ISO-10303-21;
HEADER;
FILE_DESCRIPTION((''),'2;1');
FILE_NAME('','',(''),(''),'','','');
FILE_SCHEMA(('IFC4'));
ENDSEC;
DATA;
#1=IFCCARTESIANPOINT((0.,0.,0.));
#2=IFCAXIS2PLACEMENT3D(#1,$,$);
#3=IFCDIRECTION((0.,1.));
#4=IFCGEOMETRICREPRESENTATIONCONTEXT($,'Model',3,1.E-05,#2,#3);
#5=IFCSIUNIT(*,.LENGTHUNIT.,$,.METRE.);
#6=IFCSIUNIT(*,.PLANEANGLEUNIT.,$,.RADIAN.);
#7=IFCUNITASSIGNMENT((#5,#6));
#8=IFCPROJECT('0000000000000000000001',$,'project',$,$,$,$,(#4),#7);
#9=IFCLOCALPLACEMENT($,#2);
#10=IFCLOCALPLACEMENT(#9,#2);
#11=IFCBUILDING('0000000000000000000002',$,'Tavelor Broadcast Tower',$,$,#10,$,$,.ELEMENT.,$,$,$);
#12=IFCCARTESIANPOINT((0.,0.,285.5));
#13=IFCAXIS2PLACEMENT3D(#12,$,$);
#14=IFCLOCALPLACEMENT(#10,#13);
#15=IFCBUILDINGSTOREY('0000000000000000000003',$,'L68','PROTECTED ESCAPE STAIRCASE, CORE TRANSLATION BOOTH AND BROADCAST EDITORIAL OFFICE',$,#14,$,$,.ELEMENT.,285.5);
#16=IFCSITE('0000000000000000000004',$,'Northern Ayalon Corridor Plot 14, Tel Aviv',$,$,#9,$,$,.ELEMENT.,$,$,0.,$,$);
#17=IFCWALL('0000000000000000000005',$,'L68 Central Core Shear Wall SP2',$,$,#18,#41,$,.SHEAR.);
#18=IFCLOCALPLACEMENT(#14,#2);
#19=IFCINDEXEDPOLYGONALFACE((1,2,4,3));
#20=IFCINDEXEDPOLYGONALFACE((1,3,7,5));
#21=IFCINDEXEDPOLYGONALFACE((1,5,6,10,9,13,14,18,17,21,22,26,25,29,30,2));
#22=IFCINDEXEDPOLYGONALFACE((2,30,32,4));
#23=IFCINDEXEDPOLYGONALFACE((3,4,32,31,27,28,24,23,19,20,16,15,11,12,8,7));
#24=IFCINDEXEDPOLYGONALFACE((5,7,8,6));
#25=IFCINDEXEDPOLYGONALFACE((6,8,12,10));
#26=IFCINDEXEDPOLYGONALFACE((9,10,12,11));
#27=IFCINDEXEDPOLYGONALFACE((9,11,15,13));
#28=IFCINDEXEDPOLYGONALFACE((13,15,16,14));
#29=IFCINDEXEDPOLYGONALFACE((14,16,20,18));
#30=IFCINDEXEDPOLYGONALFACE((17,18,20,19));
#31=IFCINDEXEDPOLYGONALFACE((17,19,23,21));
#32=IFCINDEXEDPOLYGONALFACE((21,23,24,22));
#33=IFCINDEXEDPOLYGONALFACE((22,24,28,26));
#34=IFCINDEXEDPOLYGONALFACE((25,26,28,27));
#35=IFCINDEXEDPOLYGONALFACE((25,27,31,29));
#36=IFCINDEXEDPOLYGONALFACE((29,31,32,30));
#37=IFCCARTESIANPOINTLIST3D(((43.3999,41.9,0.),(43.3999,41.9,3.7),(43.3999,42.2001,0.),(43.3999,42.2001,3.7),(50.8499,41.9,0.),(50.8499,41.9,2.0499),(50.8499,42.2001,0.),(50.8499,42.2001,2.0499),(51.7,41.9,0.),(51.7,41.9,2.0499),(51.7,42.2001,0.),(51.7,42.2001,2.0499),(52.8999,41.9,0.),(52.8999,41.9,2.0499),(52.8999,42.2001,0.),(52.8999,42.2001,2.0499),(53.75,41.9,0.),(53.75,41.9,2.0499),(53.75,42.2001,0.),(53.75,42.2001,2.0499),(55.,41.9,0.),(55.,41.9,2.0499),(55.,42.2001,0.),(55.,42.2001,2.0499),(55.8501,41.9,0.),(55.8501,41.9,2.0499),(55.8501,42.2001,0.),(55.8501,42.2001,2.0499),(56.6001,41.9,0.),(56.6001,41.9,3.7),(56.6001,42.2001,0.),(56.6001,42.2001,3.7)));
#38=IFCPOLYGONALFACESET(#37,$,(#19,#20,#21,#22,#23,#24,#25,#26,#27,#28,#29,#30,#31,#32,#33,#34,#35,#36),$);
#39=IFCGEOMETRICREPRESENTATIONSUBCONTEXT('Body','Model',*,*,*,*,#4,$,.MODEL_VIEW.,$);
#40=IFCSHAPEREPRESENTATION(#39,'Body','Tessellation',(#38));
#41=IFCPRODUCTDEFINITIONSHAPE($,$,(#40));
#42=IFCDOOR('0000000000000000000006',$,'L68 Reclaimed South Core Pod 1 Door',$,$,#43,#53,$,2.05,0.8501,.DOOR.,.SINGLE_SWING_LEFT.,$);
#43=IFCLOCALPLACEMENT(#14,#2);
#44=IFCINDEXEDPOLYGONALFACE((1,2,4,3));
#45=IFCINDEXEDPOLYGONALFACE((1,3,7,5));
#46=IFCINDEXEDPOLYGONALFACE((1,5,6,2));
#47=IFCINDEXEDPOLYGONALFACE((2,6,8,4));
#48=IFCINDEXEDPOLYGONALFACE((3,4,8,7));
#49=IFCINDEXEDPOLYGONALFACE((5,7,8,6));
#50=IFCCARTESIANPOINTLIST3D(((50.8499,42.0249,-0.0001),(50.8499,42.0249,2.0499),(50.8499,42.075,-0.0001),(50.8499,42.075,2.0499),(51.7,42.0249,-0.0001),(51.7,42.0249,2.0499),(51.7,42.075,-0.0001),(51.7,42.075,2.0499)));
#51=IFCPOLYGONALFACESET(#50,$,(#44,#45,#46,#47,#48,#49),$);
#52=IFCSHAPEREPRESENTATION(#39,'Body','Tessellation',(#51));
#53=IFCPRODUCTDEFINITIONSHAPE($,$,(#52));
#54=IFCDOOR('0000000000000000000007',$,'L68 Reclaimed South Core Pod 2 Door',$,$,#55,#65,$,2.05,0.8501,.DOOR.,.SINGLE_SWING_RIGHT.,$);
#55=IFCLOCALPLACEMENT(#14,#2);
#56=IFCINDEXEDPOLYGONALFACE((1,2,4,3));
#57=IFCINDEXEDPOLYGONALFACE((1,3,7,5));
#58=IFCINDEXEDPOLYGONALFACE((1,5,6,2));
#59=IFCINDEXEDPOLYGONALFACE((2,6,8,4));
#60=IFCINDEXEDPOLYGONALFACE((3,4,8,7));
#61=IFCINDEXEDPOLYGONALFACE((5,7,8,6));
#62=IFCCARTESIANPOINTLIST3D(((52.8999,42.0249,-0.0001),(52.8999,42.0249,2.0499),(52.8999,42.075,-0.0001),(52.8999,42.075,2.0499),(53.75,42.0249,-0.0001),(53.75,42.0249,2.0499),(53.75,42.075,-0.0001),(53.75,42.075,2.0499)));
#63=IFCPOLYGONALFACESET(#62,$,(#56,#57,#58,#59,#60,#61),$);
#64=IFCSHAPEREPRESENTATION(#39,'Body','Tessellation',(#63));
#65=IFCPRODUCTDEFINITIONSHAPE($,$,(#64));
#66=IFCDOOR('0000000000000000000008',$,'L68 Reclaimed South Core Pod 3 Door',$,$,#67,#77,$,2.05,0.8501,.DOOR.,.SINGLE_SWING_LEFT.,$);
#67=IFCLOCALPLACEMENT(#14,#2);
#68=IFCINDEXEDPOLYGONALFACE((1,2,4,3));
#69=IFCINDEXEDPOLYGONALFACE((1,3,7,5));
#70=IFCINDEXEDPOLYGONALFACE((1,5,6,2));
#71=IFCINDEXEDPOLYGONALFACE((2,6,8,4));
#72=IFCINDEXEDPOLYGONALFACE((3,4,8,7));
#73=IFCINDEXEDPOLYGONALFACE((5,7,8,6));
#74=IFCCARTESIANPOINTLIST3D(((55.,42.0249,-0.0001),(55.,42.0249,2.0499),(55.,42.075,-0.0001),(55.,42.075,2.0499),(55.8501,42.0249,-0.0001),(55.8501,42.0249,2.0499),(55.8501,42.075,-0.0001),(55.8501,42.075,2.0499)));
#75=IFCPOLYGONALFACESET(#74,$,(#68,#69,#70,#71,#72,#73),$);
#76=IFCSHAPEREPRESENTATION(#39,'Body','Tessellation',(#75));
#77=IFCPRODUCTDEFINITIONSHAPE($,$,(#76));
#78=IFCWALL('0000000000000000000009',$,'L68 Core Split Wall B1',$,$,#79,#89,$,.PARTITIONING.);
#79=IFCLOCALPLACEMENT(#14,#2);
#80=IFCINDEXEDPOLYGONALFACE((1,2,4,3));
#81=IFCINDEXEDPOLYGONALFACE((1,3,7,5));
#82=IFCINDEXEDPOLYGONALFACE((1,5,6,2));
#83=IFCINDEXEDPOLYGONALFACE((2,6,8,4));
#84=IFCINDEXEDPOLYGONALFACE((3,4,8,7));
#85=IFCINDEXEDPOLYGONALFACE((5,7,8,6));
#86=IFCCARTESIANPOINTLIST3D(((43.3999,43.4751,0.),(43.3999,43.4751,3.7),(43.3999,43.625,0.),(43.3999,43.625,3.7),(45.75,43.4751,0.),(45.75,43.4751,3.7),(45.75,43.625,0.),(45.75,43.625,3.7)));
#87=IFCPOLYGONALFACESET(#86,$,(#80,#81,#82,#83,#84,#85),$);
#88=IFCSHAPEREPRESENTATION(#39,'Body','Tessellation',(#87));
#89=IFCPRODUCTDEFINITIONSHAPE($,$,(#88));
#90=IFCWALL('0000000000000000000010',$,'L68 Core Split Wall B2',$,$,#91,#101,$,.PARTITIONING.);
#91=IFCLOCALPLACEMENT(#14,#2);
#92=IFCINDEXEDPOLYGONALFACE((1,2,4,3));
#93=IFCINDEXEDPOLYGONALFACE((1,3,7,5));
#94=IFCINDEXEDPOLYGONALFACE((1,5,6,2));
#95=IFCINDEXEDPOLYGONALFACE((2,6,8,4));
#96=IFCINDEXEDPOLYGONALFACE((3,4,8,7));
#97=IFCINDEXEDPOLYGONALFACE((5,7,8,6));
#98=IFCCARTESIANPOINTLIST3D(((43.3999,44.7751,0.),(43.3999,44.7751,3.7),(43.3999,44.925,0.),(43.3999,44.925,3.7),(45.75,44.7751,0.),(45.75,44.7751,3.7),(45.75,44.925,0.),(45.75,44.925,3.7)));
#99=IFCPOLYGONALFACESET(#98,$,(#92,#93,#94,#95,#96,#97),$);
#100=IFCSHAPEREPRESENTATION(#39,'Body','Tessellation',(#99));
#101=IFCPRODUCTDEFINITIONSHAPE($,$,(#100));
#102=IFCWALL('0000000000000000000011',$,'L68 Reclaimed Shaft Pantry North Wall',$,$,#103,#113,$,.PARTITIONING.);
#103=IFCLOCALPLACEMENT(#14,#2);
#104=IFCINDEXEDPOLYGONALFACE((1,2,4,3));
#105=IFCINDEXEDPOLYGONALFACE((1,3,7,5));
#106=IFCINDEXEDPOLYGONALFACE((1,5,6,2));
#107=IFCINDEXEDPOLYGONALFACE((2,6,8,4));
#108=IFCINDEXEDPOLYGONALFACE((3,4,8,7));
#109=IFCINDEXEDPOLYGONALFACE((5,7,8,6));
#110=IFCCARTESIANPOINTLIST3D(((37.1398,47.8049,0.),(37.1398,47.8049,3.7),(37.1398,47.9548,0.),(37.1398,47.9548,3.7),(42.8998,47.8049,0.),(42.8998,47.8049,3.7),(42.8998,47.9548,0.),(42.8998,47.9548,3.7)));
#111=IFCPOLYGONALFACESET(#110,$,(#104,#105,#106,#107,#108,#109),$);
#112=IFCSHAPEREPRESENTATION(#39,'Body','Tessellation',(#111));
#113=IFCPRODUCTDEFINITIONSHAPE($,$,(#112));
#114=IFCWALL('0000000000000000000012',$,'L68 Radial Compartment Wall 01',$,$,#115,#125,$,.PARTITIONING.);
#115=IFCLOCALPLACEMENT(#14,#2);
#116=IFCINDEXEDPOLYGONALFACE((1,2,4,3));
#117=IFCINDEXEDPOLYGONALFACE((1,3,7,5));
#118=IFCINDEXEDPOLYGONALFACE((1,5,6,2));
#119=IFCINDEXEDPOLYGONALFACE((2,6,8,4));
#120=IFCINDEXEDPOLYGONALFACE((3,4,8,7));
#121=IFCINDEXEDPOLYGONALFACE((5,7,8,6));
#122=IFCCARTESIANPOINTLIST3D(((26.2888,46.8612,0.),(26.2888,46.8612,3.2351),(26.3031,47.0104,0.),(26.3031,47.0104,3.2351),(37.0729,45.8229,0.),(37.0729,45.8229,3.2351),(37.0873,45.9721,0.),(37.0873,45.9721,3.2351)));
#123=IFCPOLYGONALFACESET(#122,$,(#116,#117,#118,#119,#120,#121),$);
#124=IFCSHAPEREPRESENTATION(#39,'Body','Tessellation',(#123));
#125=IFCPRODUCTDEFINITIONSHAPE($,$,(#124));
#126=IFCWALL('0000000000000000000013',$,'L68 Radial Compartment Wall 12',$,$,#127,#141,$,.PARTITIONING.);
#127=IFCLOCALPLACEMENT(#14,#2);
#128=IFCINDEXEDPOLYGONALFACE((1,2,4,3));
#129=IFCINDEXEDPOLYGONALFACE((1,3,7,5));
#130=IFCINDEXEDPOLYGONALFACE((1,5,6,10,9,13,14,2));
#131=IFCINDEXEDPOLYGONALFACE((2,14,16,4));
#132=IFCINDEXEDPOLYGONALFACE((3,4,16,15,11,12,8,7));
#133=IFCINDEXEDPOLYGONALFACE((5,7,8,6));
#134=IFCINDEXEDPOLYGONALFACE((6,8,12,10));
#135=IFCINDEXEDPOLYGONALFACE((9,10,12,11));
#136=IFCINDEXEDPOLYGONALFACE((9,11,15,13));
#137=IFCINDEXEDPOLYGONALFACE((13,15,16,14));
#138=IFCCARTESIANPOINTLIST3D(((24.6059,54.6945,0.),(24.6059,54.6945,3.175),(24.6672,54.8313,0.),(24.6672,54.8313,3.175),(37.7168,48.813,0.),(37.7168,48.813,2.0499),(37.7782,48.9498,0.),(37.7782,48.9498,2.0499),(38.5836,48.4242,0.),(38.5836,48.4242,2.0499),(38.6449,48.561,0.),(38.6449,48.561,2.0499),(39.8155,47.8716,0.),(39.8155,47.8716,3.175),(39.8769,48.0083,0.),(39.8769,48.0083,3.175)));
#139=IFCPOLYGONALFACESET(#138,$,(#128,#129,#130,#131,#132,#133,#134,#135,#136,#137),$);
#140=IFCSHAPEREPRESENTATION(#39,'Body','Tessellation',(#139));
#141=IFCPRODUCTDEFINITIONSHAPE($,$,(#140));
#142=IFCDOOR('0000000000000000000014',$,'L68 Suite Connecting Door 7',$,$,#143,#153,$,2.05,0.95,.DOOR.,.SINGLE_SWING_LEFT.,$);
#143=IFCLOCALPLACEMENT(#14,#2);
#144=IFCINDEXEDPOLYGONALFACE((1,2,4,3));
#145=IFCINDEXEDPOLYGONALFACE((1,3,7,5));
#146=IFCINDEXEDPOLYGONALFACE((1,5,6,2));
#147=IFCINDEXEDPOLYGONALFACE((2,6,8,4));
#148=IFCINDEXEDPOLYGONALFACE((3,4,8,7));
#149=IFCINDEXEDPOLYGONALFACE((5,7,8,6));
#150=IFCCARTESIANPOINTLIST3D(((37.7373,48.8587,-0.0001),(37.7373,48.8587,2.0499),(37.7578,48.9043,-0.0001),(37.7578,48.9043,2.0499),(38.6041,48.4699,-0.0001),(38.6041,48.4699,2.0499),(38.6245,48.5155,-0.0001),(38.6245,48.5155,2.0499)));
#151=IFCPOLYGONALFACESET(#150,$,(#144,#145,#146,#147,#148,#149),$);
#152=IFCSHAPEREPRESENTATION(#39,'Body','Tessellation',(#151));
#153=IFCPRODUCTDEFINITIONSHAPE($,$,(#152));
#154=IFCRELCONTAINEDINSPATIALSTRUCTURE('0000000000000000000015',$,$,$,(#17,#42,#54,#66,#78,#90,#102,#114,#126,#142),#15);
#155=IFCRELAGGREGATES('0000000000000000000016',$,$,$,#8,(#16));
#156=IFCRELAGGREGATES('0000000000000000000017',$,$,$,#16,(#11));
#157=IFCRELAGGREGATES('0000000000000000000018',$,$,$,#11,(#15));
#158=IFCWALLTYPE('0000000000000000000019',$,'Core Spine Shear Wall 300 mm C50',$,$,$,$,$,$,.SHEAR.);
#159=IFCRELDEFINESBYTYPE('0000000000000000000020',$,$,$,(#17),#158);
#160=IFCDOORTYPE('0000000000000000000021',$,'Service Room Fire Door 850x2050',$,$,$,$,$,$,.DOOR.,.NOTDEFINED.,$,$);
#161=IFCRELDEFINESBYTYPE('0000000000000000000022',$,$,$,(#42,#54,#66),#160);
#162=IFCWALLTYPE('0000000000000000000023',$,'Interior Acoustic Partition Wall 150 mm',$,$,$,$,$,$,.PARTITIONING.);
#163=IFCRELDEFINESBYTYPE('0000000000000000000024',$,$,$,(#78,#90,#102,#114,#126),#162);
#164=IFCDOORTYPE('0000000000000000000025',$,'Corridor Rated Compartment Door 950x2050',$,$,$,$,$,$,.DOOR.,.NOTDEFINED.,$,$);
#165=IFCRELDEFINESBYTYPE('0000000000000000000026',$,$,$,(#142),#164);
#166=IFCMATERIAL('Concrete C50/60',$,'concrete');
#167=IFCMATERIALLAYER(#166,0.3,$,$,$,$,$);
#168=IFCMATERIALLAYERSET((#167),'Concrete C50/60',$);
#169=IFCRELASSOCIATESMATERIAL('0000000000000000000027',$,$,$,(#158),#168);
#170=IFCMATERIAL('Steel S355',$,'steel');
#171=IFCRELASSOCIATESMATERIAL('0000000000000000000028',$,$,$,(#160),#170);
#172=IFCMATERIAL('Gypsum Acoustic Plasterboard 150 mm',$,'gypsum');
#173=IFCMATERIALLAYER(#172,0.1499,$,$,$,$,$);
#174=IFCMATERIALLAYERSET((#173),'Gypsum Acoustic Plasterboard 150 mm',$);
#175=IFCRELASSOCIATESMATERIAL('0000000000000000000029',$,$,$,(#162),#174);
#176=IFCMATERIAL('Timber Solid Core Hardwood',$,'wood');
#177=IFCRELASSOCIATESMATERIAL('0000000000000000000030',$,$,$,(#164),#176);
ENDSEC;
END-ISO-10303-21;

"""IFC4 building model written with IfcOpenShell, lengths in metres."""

from ifc_helpers import new_model, si_unit, direction, frame, frame_2d, origin, place, context, subcontext, project, spatial, rectangle, extrude, material, layer, layer_set, type_object, element, fill, save


model = new_model("IFC4")

# Units and contexts
model_context = context("Model", 3, precision=1e-05, world=origin(), true_north=direction((0.0, 1.0)))
body_context = subcontext(model_context, "Body", "Model", "MODEL_VIEW")
ifc_project = project(units=[si_unit("LENGTHUNIT", "METRE"), si_unit("PLANEANGLEUNIT", "RADIAN")], contexts=[model_context])

# Site, building, storey
site_placement = place(None, origin())
site = spatial("IfcSite", under=ifc_project, at=site_placement, Name="Northern Ayalon Corridor Plot 14, Tel Aviv", CompositionType="ELEMENT", RefElevation=0.0)
building_placement = place(site_placement, origin())
building = spatial("IfcBuilding", under=site, at=building_placement, Name="Tavelor Broadcast Tower", CompositionType="ELEMENT")
storey_placement = place(building_placement, frame((0.0, 0.0, 285.5)))
storey = spatial("IfcBuildingStorey", under=building, at=storey_placement, Name="L68", Description="PROTECTED ESCAPE STAIRCASE, CORE TRANSLATION BOOTH AND BROADCAST EDITORIAL OFFICE", CompositionType="ELEMENT", Elevation=285.5)

# Shared definitions
ifc_material_1 = material(Name="Concrete C50/60", Category="concrete")

# Shared definitions
ifc_material_2 = material(Name="Steel S355", Category="steel")

# Wall, openings, doors
ifc_layer_1 = layer(ifc_material_1, 0.3)
ifc_layer_set_1 = layer_set([ifc_layer_1], Name="Concrete C50/60")
wall_type_1 = type_object("IfcWallType", Name="Core Spine Shear Wall 300 mm C50", PredefinedType="SHEAR", material=ifc_layer_set_1)
wall_1_placement = place(storey_placement, frame((43.3999, 42.05, 0.0), z_axis=(0.0, 0.0, 1.0), x_axis=(1.0, 0.0, 0.0)))
wall_1 = element("IfcWall", 1, at=wall_1_placement, inside=storey, type_object=wall_type_1, Name="L68 Central Core Shear Wall SP2", PredefinedType="SHEAR", context=body_context, shape_type="SweptSolid", body=[
    extrude(rectangle(XDim=13.2002, YDim=0.3, at=frame_2d((6.6001, 0.0))), origin(), (0.0, 0.0, 1.0), 3.7),
])
opening_1_placement = place(wall_1_placement, frame((7.45, 0.0, 0.0)))
opening_1 = element("IfcOpeningElement", 2, at=opening_1_placement, cuts=wall_1, PredefinedType="OPENING", context=body_context, shape_type="SweptSolid", body=[
    extrude(rectangle(XDim=0.8501, YDim=2.05, at=frame_2d((0.425, 1.0249))), frame((0.0, 0.1602, 0.0), z_axis=(0.0, -1.0, 0.0), x_axis=(1.0, 0.0, 0.0)), (0.0, 0.0, 1.0), 0.3201),
])
opening_2_placement = place(wall_1_placement, frame((9.5, 0.0, 0.0)))
opening_2 = element("IfcOpeningElement", 3, at=opening_2_placement, cuts=wall_1, PredefinedType="OPENING", context=body_context, shape_type="SweptSolid", body=[
    extrude(rectangle(XDim=0.8501, YDim=2.05, at=frame_2d((0.425, 1.0249))), frame((0.0, 0.1602, 0.0), z_axis=(0.0, -1.0, 0.0), x_axis=(1.0, 0.0, 0.0)), (0.0, 0.0, 1.0), 0.3201),
])
opening_3_placement = place(wall_1_placement, frame((11.6001, 0.0, 0.0)))
opening_3 = element("IfcOpeningElement", 4, at=opening_3_placement, cuts=wall_1, PredefinedType="OPENING", context=body_context, shape_type="SweptSolid", body=[
    extrude(rectangle(XDim=0.8501, YDim=2.05, at=frame_2d((0.425, 1.0249))), frame((0.0, 0.1602, 0.0), z_axis=(0.0, -1.0, 0.0), x_axis=(1.0, 0.0, 0.0)), (0.0, 0.0, 1.0), 0.3201),
])
door_type_1 = type_object("IfcDoorType", Name="Service Room Fire Door 850x2050", OperationType="NOTDEFINED", PredefinedType="DOOR", material=ifc_material_2)
door_1_placement = place(opening_1_placement, origin())
door_1 = element("IfcDoor", 5, at=door_1_placement, inside=storey, type_object=door_type_1, Name="L68 Reclaimed South Core Pod 1 Door", OperationType="SINGLE_SWING_LEFT", OverallHeight=2.05, OverallWidth=0.8501, PredefinedType="DOOR", context=body_context, shape_type="SweptSolid", body=[
    extrude(rectangle(XDim=0.8501, YDim=2.05, at=frame_2d((0.425, 1.0249))), frame((0.0, 0.0249, 0.0), z_axis=(0.0, -1.0, 0.0), x_axis=(1.0, 0.0, 0.0)), (0.0, 0.0, 1.0), 0.05),
])
fill(opening_1, door_1)
door_2_placement = place(opening_2_placement, origin())
door_2 = element("IfcDoor", 6, at=door_2_placement, inside=storey, type_object=door_type_1, Name="L68 Reclaimed South Core Pod 2 Door", OperationType="SINGLE_SWING_RIGHT", OverallHeight=2.05, OverallWidth=0.8501, PredefinedType="DOOR", context=body_context, shape_type="SweptSolid", body=[
    extrude(rectangle(XDim=0.8501, YDim=2.05, at=frame_2d((0.425, 1.0249))), frame((0.0, 0.0249, 0.0), z_axis=(0.0, -1.0, 0.0), x_axis=(1.0, 0.0, 0.0)), (0.0, 0.0, 1.0), 0.05),
])
fill(opening_2, door_2)
door_3_placement = place(opening_3_placement, origin())
door_3 = element("IfcDoor", 7, at=door_3_placement, inside=storey, type_object=door_type_1, Name="L68 Reclaimed South Core Pod 3 Door", OperationType="SINGLE_SWING_LEFT", OverallHeight=2.05, OverallWidth=0.8501, PredefinedType="DOOR", context=body_context, shape_type="SweptSolid", body=[
    extrude(rectangle(XDim=0.8501, YDim=2.05, at=frame_2d((0.425, 1.0249))), frame((0.0, 0.0249, 0.0), z_axis=(0.0, -1.0, 0.0), x_axis=(1.0, 0.0, 0.0)), (0.0, 0.0, 1.0), 0.05),
])
fill(opening_3, door_3)

# Walls
ifc_material_3 = material(Name="Gypsum Acoustic Plasterboard 150 mm", Category="gypsum")
ifc_layer_2 = layer(ifc_material_3, 0.1499)
ifc_layer_set_2 = layer_set([ifc_layer_2], Name="Gypsum Acoustic Plasterboard 150 mm")
wall_type_2 = type_object("IfcWallType", Name="Interior Acoustic Partition Wall 150 mm", PredefinedType="PARTITIONING", material=ifc_layer_set_2)
for number, where, z_axis, x_axis, name in (
    (8, (43.3999, 43.55, 0.0), (0.0, 0.0, 1.0), (1.0, 0.0, 0.0), "L68 Core Split Wall B1"),
    (9, (43.3999, 44.8501, 0.0), (0.0, 0.0, 1.0), (1.0, 0.0, 0.0), "L68 Core Split Wall B2"),
):
    element("IfcWall", number, at=place(storey_placement, frame(where, z_axis=z_axis, x_axis=x_axis)), inside=storey, type_object=wall_type_2, Name=name, PredefinedType="PARTITIONING", context=body_context, shape_type="SweptSolid", body=[
        extrude(rectangle(XDim=2.3501, YDim=0.1499, at=frame_2d((1.175, 0.0))), origin(), (0.0, 0.0, 1.0), 3.7),
    ])
wall_2_placement = place(storey_placement, frame((37.1399, 47.8799, 0.0), z_axis=(0.0, 0.0, 1.0), x_axis=(1.0, 0.0, 0.0)))
element("IfcWall", 10, at=wall_2_placement, inside=storey, type_object=wall_type_2, Name="L68 Reclaimed Shaft Pantry North Wall", PredefinedType="PARTITIONING", context=body_context, shape_type="SweptSolid", body=[
    extrude(rectangle(XDim=5.76, YDim=0.1499, at=frame_2d((2.8799, 0.0))), origin(), (0.0, 0.0, 1.0), 3.7),
])
wall_3_placement = place(storey_placement, frame((37.0801, 45.8975, 0.0), z_axis=(0.0, 0.0, 1.0), x_axis=(-0.995397, 0.09584, 0.0)))
element("IfcWall", 11, at=wall_3_placement, inside=storey, type_object=wall_type_2, Name="L68 Radial Compartment Wall 01", PredefinedType="PARTITIONING", context=body_context, shape_type="SweptSolid", body=[
    extrude(rectangle(XDim=10.834, YDim=0.1499, at=frame_2d((5.417, 0.0))), origin(), (0.0, 0.0, 1.0), 3.2351),
])

# Wall, opening, door
wall_4_placement = place(storey_placement, frame((39.8462, 47.9399, 0.0), z_axis=(0.0, 0.0, 1.0), x_axis=(-0.912401, 0.409298, 0.0)))
wall_4 = element("IfcWall", 12, at=wall_4_placement, inside=storey, type_object=wall_type_2, Name="L68 Radial Compartment Wall 12", PredefinedType="PARTITIONING", context=body_context, shape_type="SweptSolid", body=[
    extrude(rectangle(XDim=16.6699, YDim=0.1499, at=frame_2d((8.335, 0.0))), origin(), (0.0, 0.0, 1.0), 3.175),
])
opening_4_placement = place(wall_4_placement, frame((1.3501, 0.0, 0.0)))
opening_4 = element("IfcOpeningElement", 13, at=opening_4_placement, cuts=wall_4, PredefinedType="OPENING", context=body_context, shape_type="SweptSolid", body=[
    extrude(rectangle(XDim=0.95, YDim=2.05, at=frame_2d((0.4751, 1.0249))), frame((0.0, 0.085, 0.0), z_axis=(0.0, -1.0, 0.0), x_axis=(1.0, 0.0, 0.0)), (0.0, 0.0, 1.0), 0.1699),
])
ifc_material_4 = material(Name="Timber Solid Core Hardwood", Category="wood")
door_type_2 = type_object("IfcDoorType", Name="Corridor Rated Compartment Door 950x2050", OperationType="NOTDEFINED", PredefinedType="DOOR", material=ifc_material_4)
door_4_placement = place(opening_4_placement, origin())
door_4 = element("IfcDoor", 14, at=door_4_placement, inside=storey, type_object=door_type_2, Name="L68 Suite Connecting Door 7", OperationType="SINGLE_SWING_LEFT", OverallHeight=2.05, OverallWidth=0.95, PredefinedType="DOOR", context=body_context, shape_type="SweptSolid", body=[
    extrude(rectangle(XDim=0.95, YDim=2.05, at=frame_2d((0.4751, 1.0249))), frame((0.0, 0.0249, 0.0), z_axis=(0.0, -1.0, 0.0), x_axis=(1.0, 0.0, 0.0)), (0.0, 0.0, 1.0), 0.05),
])
fill(opening_4, door_4)

save(model, "model.ifc")
